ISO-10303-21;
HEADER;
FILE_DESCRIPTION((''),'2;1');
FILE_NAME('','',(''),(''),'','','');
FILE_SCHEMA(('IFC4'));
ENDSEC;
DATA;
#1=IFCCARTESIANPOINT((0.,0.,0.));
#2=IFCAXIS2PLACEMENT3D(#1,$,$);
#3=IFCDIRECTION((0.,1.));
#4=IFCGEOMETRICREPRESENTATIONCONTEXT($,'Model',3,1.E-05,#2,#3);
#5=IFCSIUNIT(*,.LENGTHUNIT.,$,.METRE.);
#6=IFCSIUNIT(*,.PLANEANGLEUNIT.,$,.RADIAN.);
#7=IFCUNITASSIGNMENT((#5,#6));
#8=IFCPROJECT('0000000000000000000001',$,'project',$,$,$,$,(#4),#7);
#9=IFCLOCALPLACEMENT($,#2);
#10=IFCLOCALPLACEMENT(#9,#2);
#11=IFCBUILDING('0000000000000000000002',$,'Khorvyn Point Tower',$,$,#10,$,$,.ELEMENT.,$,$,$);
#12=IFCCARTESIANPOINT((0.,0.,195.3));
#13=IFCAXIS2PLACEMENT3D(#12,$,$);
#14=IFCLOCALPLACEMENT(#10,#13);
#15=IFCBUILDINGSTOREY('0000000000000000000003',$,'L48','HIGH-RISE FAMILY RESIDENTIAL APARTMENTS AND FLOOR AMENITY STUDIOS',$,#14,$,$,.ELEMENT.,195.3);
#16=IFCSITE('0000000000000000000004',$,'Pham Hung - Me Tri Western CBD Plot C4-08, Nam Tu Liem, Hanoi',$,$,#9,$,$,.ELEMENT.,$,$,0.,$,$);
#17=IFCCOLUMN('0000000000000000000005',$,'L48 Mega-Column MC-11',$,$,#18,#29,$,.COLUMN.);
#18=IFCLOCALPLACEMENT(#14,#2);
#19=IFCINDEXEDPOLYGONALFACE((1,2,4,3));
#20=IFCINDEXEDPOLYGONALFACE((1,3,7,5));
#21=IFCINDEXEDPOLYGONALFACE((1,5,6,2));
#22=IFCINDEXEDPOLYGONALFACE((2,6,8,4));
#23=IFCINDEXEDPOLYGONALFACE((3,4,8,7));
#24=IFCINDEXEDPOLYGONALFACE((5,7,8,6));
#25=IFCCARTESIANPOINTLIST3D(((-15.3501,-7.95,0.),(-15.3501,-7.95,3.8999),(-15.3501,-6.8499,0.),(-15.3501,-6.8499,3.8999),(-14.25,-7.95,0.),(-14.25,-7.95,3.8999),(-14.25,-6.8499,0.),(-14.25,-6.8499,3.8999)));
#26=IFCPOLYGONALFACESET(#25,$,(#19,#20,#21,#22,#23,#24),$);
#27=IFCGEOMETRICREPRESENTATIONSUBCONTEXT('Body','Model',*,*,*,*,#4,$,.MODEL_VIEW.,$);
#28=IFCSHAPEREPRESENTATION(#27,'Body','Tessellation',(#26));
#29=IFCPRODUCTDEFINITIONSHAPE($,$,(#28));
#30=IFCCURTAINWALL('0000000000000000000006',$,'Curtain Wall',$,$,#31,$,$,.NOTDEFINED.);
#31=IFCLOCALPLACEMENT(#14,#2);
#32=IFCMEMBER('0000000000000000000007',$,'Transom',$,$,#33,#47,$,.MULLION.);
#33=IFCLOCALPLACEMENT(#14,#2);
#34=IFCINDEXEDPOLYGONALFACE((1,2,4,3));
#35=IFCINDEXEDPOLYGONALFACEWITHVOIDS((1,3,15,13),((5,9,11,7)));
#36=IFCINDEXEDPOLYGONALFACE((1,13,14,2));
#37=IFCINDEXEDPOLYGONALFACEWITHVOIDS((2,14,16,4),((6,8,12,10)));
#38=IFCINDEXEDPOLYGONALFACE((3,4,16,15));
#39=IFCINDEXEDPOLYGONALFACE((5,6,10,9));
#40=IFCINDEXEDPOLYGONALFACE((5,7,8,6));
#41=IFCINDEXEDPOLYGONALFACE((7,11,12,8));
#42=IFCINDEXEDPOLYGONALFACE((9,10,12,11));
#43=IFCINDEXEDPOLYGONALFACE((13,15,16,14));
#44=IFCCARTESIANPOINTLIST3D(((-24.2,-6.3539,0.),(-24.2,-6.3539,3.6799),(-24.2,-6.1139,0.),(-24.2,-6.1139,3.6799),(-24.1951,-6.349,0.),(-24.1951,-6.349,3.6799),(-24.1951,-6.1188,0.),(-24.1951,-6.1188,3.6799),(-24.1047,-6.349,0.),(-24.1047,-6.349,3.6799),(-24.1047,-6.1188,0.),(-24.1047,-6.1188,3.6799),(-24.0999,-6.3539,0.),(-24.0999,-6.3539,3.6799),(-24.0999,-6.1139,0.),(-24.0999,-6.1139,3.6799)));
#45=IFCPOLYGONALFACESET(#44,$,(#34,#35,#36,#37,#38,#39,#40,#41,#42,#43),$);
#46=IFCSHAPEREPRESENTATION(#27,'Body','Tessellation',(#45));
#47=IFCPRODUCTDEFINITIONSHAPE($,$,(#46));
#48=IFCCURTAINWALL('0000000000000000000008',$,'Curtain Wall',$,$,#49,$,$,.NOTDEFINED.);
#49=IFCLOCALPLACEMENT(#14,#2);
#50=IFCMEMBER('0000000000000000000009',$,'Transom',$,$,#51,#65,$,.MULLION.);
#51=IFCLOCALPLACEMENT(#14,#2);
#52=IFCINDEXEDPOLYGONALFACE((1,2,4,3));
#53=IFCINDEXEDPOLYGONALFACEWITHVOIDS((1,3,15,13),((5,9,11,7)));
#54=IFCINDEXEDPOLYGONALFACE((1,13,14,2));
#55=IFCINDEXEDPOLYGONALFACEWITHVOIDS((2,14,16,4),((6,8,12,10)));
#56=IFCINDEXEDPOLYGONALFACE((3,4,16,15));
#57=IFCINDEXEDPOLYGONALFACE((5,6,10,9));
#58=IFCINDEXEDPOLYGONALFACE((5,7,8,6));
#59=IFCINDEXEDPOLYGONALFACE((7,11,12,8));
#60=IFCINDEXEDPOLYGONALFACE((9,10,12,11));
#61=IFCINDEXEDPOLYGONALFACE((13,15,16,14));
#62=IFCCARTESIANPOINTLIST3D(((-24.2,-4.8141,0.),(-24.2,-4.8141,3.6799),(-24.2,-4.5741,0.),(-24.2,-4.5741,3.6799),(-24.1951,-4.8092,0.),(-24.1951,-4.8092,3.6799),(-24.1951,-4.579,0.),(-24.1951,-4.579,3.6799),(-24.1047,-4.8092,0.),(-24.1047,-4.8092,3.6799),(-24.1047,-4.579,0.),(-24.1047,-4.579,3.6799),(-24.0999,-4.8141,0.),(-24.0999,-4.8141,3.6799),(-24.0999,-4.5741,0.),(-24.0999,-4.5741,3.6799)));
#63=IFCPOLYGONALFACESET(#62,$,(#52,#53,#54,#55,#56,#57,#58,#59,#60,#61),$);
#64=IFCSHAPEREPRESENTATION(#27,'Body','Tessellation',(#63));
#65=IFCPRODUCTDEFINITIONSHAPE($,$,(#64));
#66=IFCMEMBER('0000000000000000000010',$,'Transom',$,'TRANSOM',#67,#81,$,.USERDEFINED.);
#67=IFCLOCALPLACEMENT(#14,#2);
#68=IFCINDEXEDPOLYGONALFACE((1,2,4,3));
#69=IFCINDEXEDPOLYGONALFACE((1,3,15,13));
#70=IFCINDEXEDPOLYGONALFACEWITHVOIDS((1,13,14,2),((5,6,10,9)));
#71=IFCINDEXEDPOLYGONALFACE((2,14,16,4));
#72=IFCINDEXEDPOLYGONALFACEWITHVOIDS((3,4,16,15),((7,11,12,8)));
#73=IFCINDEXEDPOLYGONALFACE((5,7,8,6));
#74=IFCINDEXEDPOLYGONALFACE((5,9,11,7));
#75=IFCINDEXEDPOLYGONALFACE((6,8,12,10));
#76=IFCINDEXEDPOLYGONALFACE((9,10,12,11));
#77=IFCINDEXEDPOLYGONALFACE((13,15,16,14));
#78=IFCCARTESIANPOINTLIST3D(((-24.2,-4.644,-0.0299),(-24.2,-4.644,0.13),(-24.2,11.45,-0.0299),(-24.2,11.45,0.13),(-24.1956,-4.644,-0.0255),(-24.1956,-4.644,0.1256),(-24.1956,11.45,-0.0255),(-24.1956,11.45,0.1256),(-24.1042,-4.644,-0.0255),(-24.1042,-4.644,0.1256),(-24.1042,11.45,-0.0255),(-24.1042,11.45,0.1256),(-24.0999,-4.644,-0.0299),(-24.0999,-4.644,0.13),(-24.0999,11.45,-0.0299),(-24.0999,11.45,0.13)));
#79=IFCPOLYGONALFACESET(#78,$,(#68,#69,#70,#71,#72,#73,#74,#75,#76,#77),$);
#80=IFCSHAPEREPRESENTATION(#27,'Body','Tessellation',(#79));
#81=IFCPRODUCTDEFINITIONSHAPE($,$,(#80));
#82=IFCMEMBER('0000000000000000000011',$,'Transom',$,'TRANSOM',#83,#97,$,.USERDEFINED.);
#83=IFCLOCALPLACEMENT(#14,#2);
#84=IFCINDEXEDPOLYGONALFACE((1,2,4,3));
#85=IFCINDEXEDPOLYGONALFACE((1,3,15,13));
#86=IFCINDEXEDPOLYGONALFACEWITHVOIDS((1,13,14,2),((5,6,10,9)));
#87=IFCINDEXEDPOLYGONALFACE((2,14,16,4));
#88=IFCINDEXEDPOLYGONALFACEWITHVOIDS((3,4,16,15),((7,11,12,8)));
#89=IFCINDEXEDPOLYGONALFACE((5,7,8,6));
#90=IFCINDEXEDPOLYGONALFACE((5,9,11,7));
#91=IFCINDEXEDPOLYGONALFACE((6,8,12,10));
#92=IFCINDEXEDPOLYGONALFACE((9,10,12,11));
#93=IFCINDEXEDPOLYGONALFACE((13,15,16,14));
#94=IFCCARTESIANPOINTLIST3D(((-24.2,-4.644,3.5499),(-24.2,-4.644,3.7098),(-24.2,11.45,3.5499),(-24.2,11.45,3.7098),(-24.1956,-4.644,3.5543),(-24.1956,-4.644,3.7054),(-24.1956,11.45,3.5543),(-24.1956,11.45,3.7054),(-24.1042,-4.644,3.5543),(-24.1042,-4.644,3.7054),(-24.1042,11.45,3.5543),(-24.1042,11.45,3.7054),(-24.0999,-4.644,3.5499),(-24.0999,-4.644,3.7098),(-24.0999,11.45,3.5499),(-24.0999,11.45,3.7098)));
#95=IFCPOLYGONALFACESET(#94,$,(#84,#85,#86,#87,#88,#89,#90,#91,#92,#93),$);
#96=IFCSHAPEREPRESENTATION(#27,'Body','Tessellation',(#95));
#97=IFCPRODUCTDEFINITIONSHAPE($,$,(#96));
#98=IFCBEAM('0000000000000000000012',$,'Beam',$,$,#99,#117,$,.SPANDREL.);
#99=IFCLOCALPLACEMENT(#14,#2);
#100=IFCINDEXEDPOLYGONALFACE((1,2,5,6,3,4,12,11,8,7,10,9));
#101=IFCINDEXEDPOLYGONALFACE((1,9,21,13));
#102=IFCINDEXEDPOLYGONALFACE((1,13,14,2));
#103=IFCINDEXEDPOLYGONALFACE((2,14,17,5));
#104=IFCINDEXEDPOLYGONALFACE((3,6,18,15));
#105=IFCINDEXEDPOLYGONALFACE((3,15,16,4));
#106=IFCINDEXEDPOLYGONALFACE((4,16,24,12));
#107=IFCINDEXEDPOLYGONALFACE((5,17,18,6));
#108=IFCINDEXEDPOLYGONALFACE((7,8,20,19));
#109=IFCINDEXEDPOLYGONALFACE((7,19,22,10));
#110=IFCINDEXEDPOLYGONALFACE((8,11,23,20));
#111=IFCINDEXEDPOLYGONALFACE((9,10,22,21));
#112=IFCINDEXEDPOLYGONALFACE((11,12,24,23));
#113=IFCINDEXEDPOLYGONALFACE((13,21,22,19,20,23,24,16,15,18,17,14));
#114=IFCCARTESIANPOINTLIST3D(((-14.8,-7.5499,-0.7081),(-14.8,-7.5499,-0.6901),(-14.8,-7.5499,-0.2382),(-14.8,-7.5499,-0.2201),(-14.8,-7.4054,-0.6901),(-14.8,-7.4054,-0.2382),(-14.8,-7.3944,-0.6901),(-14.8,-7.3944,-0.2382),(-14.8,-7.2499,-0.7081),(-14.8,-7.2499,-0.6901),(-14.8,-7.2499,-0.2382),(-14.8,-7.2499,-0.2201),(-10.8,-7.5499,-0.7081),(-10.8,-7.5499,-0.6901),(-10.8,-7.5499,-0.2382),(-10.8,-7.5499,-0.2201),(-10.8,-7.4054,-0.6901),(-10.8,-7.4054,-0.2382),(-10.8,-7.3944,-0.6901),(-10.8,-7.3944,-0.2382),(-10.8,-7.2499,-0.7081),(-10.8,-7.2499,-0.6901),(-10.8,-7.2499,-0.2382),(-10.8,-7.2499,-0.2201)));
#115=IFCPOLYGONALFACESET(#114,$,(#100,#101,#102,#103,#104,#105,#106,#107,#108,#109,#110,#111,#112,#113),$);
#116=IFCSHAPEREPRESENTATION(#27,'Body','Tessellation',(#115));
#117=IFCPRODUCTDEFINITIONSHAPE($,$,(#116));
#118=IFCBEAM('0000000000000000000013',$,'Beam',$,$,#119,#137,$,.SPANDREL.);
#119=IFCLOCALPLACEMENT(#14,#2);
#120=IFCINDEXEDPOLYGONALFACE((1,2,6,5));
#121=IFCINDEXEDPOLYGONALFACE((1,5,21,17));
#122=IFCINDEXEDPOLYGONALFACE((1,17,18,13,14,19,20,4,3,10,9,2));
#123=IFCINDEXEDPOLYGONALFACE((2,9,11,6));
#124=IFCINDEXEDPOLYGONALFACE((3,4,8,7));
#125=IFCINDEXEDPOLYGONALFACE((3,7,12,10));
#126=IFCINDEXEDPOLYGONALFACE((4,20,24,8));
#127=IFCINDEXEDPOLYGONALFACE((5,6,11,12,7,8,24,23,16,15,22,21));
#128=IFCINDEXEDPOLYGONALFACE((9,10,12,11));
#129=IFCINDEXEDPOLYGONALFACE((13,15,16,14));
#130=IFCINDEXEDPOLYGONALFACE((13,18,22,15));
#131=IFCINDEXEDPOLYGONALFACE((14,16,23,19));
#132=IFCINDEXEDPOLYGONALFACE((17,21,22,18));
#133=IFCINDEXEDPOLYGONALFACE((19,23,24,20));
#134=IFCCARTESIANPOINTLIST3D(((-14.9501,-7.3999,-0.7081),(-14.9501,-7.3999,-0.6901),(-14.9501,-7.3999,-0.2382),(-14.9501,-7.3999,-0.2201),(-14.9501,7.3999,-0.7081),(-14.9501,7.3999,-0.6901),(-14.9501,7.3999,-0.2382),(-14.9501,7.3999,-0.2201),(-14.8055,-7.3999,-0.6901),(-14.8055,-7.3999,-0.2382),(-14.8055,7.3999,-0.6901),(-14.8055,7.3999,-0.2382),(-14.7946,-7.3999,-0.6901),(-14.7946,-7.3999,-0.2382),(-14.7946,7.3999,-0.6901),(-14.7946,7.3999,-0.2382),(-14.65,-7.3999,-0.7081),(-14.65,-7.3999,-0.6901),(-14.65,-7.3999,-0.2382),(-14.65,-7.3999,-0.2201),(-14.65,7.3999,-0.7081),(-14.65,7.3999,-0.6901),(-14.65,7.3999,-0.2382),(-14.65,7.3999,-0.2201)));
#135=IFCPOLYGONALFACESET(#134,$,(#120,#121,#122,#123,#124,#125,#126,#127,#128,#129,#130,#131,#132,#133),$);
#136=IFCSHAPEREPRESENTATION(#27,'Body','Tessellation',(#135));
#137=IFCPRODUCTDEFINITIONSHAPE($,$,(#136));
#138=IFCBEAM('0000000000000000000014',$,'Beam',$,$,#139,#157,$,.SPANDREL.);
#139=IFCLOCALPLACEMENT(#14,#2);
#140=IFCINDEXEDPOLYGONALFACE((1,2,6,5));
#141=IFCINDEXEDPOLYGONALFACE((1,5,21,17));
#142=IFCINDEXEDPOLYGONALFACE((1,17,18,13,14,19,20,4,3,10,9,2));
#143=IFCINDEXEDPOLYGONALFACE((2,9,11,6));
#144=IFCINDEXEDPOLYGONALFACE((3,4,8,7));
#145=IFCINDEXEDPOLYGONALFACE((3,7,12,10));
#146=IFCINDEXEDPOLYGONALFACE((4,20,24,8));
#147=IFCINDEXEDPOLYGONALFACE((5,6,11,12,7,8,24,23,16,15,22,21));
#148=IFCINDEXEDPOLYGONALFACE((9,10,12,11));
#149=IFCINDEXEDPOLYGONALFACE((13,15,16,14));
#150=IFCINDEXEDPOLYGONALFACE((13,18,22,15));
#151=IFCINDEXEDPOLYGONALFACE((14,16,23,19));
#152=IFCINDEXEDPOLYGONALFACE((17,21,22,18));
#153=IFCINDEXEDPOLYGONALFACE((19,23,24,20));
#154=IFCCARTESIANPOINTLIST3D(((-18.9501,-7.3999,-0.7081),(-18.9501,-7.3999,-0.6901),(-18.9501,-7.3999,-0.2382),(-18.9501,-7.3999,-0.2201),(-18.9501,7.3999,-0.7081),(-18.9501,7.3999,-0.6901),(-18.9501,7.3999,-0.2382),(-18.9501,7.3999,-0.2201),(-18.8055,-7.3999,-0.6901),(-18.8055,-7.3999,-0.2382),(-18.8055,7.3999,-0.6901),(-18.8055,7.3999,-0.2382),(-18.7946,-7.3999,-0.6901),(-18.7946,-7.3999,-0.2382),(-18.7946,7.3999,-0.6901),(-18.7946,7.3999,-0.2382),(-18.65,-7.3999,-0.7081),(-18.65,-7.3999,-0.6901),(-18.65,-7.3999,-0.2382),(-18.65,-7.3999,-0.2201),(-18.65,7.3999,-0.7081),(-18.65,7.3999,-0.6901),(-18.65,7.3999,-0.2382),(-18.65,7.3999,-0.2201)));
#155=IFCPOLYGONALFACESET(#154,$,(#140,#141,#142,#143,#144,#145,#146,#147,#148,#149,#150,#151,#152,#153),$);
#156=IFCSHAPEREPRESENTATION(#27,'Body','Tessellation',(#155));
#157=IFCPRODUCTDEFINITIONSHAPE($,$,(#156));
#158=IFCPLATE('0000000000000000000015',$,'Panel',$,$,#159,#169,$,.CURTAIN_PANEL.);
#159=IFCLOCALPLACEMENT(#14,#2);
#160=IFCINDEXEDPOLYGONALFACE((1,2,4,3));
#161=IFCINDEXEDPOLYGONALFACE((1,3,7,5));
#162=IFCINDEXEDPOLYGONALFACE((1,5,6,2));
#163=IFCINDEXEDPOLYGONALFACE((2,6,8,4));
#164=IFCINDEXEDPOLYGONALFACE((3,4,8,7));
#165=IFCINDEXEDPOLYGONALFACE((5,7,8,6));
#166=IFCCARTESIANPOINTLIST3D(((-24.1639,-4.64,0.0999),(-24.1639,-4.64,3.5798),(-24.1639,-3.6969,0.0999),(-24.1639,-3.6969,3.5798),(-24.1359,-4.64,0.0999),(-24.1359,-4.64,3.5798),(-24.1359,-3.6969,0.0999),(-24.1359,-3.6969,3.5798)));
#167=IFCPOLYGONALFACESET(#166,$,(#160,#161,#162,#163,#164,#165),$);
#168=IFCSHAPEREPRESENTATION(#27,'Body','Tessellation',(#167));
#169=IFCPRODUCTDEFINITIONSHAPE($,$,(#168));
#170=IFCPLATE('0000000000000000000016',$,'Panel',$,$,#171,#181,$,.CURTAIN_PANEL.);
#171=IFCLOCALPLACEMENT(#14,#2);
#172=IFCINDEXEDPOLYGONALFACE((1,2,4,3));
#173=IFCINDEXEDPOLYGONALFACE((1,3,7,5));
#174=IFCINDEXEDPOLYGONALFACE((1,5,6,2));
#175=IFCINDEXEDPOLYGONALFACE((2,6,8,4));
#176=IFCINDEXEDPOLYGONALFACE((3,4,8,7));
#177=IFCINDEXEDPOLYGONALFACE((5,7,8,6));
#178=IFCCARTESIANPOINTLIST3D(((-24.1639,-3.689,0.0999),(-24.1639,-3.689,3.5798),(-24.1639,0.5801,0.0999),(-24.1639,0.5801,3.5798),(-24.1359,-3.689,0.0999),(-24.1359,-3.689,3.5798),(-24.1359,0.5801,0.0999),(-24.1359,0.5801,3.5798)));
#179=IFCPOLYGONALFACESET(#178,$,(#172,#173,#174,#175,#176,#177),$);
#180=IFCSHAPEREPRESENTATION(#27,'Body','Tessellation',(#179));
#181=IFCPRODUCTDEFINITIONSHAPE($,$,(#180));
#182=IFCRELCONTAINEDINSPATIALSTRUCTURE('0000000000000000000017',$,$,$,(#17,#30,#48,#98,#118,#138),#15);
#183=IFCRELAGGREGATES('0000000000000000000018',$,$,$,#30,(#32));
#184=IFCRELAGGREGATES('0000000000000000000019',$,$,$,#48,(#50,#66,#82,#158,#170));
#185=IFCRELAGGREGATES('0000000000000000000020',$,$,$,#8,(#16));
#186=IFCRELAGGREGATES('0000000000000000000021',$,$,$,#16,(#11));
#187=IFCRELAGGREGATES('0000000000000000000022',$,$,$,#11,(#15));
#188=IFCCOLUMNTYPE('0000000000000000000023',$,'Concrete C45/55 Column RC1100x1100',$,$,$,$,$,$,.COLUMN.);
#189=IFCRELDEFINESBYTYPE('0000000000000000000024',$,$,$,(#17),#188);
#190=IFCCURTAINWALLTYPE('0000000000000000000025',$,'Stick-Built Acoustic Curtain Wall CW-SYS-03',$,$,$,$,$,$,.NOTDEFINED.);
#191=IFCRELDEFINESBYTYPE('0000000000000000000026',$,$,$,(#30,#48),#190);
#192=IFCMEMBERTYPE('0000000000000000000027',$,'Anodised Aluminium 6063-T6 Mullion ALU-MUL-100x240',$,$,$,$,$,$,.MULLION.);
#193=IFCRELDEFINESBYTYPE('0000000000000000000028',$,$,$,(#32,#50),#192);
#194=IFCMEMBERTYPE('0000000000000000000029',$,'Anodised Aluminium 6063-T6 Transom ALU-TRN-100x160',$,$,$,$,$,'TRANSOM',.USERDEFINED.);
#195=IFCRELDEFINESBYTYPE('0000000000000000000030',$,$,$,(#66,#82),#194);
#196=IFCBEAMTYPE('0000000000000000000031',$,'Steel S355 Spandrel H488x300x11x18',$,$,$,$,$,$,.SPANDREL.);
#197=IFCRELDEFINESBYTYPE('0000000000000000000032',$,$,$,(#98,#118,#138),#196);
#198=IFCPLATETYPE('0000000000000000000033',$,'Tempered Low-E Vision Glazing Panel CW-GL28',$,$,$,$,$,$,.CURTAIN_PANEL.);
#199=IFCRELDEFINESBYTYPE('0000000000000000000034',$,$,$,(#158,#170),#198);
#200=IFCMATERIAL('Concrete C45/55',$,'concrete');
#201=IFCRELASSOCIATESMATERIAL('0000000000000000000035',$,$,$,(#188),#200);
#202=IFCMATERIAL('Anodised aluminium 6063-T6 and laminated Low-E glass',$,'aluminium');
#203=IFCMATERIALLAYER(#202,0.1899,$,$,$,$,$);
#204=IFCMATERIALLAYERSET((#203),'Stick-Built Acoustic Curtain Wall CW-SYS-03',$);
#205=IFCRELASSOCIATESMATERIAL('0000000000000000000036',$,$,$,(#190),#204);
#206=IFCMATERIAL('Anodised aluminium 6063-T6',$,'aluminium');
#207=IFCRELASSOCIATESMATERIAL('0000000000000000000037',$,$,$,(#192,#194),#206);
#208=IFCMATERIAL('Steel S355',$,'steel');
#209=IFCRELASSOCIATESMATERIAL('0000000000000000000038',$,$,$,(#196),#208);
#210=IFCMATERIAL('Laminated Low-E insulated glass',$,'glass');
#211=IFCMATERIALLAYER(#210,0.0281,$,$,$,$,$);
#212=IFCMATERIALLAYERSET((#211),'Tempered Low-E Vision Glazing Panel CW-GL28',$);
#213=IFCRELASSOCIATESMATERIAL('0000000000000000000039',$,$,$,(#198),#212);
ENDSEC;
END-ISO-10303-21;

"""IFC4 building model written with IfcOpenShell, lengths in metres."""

from ifc_helpers import new_model, si_unit, direction, frame, origin, origin_2d, place, context, subcontext, project, spatial, rectangle, hollow_rectangle, i_section, extrude, material, layer, layer_set, material_profile, profile_set, type_object, element, aggregate, save


model = new_model("IFC4")

# Units and contexts
model_context = context("Model", 3, precision=1e-05, world=origin(), true_north=direction((0.0, 1.0)))
body_context = subcontext(model_context, "Body", "Model", "MODEL_VIEW")
ifc_project = project(units=[si_unit("LENGTHUNIT", "METRE"), si_unit("PLANEANGLEUNIT", "RADIAN")], contexts=[model_context])

# Site, building, storey
site_placement = place(None, origin())
site = spatial("IfcSite", under=ifc_project, at=site_placement, Name="Pham Hung - Me Tri Western CBD Plot C4-08, Nam Tu Liem, Hanoi", CompositionType="ELEMENT", RefElevation=0.0)
building_placement = place(site_placement, origin())
building = spatial("IfcBuilding", under=site, at=building_placement, Name="Khorvyn Point Tower", CompositionType="ELEMENT")
storey_placement = place(building_placement, frame((0.0, 0.0, 195.3)))
storey = spatial("IfcBuildingStorey", under=building, at=storey_placement, Name="L48", Description="HIGH-RISE FAMILY RESIDENTIAL APARTMENTS AND FLOOR AMENITY STUDIOS", CompositionType="ELEMENT", Elevation=195.3)

# Column
ifc_material_1 = material(Name="Concrete C45/55", Category="concrete")
ifc_material_profile_1 = material_profile(ifc_material_1, rectangle(XDim=1.1001, YDim=1.1001, at=origin_2d()))
ifc_profile_set_1 = profile_set([ifc_material_profile_1], Name="Concrete C45/55 RC1100x1100")
column_type = type_object("IfcColumnType", Name="Concrete C45/55 Column RC1100x1100", PredefinedType="COLUMN", material=ifc_profile_set_1)
column_placement = place(storey_placement, frame((-14.8, -7.3999, 0.0), z_axis=(0.0, 0.0, 1.0), x_axis=(1.0, 0.0, 0.0)))
element("IfcColumn", 1, at=column_placement, inside=storey, type_object=column_type, Name="L48 Mega-Column MC-11", PredefinedType="COLUMN", context=body_context, shape_type="SweptSolid", body=[
    extrude(rectangle(XDim=1.1001, YDim=1.1001, at=origin_2d()), origin(), (0.0, 0.0, 1.0), 3.8999),
])

# Curtain wall, member
ifc_material_2 = material(Name="Anodised aluminium 6063-T6 and laminated Low-E glass", Category="aluminium")
ifc_layer_1 = layer(ifc_material_2, 0.1899)
ifc_layer_set_1 = layer_set([ifc_layer_1], Name="Stick-Built Acoustic Curtain Wall CW-SYS-03")
curtain_wall_type = type_object("IfcCurtainWallType", Name="Stick-Built Acoustic Curtain Wall CW-SYS-03", PredefinedType="NOTDEFINED", material=ifc_layer_set_1)
curtain_wall_1_placement = place(storey_placement, origin())
curtain_wall_1 = element("IfcCurtainWall", 2, at=curtain_wall_1_placement, inside=storey, type_object=curtain_wall_type, Name="Curtain Wall", PredefinedType="NOTDEFINED")
ifc_material_3 = material(Name="Anodised aluminium 6063-T6", Category="aluminium")
ifc_material_profile_2 = material_profile(ifc_material_3, hollow_rectangle(XDim=0.1001, YDim=0.24, WallThickness=0.0049, at=origin_2d()))
ifc_profile_set_2 = profile_set([ifc_material_profile_2], Name="Anodised aluminium 6063-T6 ALU-MUL-100x240")
member_type_1 = type_object("IfcMemberType", Name="Anodised Aluminium 6063-T6 Mullion ALU-MUL-100x240", PredefinedType="MULLION", material=ifc_profile_set_2)
member_1_placement = place(storey_placement, frame((-24.1499, -6.2339, 0.0), z_axis=(0.0, 0.0, 1.0), x_axis=(-1.0, 0.0, 0.0)))
member_1 = element("IfcMember", 3, at=member_1_placement, type_object=member_type_1, Name="Transom", PredefinedType="MULLION", context=body_context, shape_type="SweptSolid", body=[
    extrude(hollow_rectangle(XDim=0.1001, YDim=0.24, WallThickness=0.0049, at=origin_2d()), origin(), (0.0, 0.0, 1.0), 3.6799),
])
aggregate(curtain_wall_1, [member_1])

# Curtain wall, members
curtain_wall_2_placement = place(storey_placement, origin())
curtain_wall_2 = element("IfcCurtainWall", 4, at=curtain_wall_2_placement, inside=storey, type_object=curtain_wall_type, Name="Curtain Wall", PredefinedType="NOTDEFINED")
member_2_placement = place(storey_placement, frame((-24.1499, -4.6941, 0.0), z_axis=(0.0, 0.0, 1.0), x_axis=(-1.0, 0.0, 0.0)))
member_2 = element("IfcMember", 5, at=member_2_placement, type_object=member_type_1, Name="Transom", PredefinedType="MULLION", context=body_context, shape_type="SweptSolid", body=[
    extrude(hollow_rectangle(XDim=0.1001, YDim=0.24, WallThickness=0.0049, at=origin_2d()), origin(), (0.0, 0.0, 1.0), 3.6799),
])
ifc_material_profile_3 = material_profile(ifc_material_3, hollow_rectangle(XDim=0.1001, YDim=0.1599, WallThickness=0.0044, at=origin_2d()))
ifc_profile_set_3 = profile_set([ifc_material_profile_3], Name="Anodised aluminium 6063-T6 ALU-TRN-100x160")
member_type_2 = type_object("IfcMemberType", Name="Anodised Aluminium 6063-T6 Transom ALU-TRN-100x160", ElementType="TRANSOM", PredefinedType="USERDEFINED", material=ifc_profile_set_3)
member_3_placement = place(storey_placement, frame((-24.1499, -4.644, 0.05), z_axis=(0.0, 1.0, 0.0), x_axis=(-1.0, 0.0, 0.0)))
member_3 = element("IfcMember", 6, at=member_3_placement, type_object=member_type_2, Name="Transom", ObjectType="TRANSOM", PredefinedType="USERDEFINED", context=body_context, shape_type="SweptSolid", body=[
    extrude(hollow_rectangle(XDim=0.1001, YDim=0.1599, WallThickness=0.0044, at=origin_2d()), origin(), (0.0, 0.0, 1.0), 16.094),
])
member_4_placement = place(storey_placement, frame((-24.1499, -4.644, 3.6299), z_axis=(0.0, 1.0, 0.0), x_axis=(-1.0, 0.0, 0.0)))
member_4 = element("IfcMember", 7, at=member_4_placement, type_object=member_type_2, Name="Transom", ObjectType="TRANSOM", PredefinedType="USERDEFINED", context=body_context, shape_type="SweptSolid", body=[
    extrude(hollow_rectangle(XDim=0.1001, YDim=0.1599, WallThickness=0.0044, at=origin_2d()), origin(), (0.0, 0.0, 1.0), 16.094),
])

# Beams
ifc_material_4 = material(Name="Steel S355", Category="steel")
ifc_material_profile_4 = material_profile(ifc_material_4, i_section(OverallWidth=0.3, OverallDepth=0.488, WebThickness=0.011, FlangeThickness=0.0181, at=origin_2d()))
ifc_profile_set_4 = profile_set([ifc_material_profile_4], Name="Steel S355 H488x300x11x18")
beam_type = type_object("IfcBeamType", Name="Steel S355 Spandrel H488x300x11x18", PredefinedType="SPANDREL", material=ifc_profile_set_4)
beam_placement = place(storey_placement, frame((-14.8, -7.3999, -0.4641), z_axis=(1.0, 0.0, 0.0), x_axis=(0.0, 1.0, 0.0)))
element("IfcBeam", 8, at=beam_placement, inside=storey, type_object=beam_type, Name="Beam", PredefinedType="SPANDREL", context=body_context, shape_type="SweptSolid", body=[
    extrude(i_section(OverallWidth=0.3, OverallDepth=0.488, WebThickness=0.011, FlangeThickness=0.0181, at=origin_2d()), origin(), (0.0, 0.0, 1.0), 4.0),
])
for number, where, z_axis, x_axis, name in (
    (9, (-14.8, -7.3999, -0.4641), (0.0, 1.0, 0.0), (-1.0, 0.0, 0.0), "Beam"),
    (10, (-18.8, -7.3999, -0.4641), (0.0, 1.0, 0.0), (-1.0, 0.0, 0.0), "Beam"),
):
    element("IfcBeam", number, at=place(storey_placement, frame(where, z_axis=z_axis, x_axis=x_axis)), inside=storey, type_object=beam_type, Name=name, PredefinedType="SPANDREL", context=body_context, shape_type="SweptSolid", body=[
        extrude(i_section(OverallWidth=0.3, OverallDepth=0.488, WebThickness=0.011, FlangeThickness=0.0181, at=origin_2d()), origin(), (0.0, 0.0, 1.0), 14.7998),
    ])

# Plates
ifc_material_5 = material(Name="Laminated Low-E insulated glass", Category="glass")
ifc_layer_2 = layer(ifc_material_5, 0.0281)
ifc_layer_set_2 = layer_set([ifc_layer_2], Name="Tempered Low-E Vision Glazing Panel CW-GL28")
plate_type = type_object("IfcPlateType", Name="Tempered Low-E Vision Glazing Panel CW-GL28", PredefinedType="CURTAIN_PANEL", material=ifc_layer_set_2)
plate_1_placement = place(storey_placement, frame((-24.1499, -4.1685, 0.0999), z_axis=(0.0, 0.0, 1.0), x_axis=(0.0, 1.0, 0.0)))
plate_1 = element("IfcPlate", 11, at=plate_1_placement, type_object=plate_type, Name="Panel", PredefinedType="CURTAIN_PANEL", context=body_context, shape_type="SweptSolid", body=[
    extrude(rectangle(XDim=0.9431, YDim=0.0281, at=origin_2d()), origin(), (0.0, 0.0, 1.0), 3.48),
])
plate_2_placement = place(storey_placement, frame((-24.1499, -1.5544, 0.0999), z_axis=(0.0, 0.0, 1.0), x_axis=(0.0, 1.0, 0.0)))
plate_2 = element("IfcPlate", 12, at=plate_2_placement, type_object=plate_type, Name="Panel", PredefinedType="CURTAIN_PANEL", context=body_context, shape_type="SweptSolid", body=[
    extrude(rectangle(XDim=4.269, YDim=0.0281, at=origin_2d()), origin(), (0.0, 0.0, 1.0), 3.48),
])
aggregate(curtain_wall_2, [member_2, member_3, member_4, plate_1, plate_2])

save(model, "model.ifc")
